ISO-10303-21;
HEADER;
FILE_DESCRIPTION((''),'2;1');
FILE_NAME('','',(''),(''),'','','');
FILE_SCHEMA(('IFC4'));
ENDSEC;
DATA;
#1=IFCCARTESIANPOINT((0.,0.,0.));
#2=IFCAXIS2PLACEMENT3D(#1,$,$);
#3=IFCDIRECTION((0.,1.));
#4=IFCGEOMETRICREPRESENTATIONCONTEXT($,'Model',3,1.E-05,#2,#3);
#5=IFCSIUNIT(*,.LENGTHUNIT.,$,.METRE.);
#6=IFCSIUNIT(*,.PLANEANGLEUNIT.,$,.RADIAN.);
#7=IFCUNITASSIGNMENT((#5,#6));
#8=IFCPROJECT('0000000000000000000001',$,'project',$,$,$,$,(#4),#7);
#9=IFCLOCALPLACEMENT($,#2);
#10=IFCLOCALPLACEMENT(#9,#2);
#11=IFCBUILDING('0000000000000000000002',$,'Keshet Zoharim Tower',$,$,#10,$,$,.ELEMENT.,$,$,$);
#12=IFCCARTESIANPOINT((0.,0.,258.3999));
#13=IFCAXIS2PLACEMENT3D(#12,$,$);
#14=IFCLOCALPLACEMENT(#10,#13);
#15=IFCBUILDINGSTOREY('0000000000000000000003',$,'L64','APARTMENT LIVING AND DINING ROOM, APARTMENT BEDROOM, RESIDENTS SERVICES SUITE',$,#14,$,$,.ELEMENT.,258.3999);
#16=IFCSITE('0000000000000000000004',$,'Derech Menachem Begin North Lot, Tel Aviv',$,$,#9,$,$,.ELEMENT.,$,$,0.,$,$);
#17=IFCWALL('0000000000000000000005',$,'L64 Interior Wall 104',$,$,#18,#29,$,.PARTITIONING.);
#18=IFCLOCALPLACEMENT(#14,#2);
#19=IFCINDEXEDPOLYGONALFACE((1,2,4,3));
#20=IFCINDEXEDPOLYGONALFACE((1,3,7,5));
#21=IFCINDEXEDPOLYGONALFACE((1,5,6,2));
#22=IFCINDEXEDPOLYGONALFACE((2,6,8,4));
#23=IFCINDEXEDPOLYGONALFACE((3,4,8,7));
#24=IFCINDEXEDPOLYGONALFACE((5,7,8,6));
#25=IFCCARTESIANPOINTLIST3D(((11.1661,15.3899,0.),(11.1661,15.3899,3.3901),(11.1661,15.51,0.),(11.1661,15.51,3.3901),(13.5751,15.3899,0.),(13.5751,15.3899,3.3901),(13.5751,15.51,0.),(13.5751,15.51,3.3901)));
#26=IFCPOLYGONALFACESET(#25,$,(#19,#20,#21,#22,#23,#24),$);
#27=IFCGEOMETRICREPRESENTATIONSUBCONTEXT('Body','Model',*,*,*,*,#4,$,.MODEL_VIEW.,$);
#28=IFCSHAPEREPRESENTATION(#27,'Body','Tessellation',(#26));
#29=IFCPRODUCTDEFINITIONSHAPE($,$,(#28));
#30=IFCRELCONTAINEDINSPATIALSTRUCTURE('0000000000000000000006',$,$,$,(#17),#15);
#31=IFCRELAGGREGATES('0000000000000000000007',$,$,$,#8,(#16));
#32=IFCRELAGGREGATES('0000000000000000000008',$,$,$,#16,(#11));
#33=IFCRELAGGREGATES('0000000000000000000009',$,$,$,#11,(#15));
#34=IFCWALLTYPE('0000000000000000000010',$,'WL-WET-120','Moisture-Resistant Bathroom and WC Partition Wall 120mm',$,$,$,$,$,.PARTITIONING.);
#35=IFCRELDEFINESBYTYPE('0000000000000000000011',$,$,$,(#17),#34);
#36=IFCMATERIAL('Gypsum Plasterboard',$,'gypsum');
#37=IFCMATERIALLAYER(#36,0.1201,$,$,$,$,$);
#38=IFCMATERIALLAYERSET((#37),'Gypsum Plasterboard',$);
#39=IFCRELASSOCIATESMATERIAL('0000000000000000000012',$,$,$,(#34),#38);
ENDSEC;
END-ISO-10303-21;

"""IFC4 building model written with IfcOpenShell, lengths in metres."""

from ifc_helpers import new_model, si_unit, direction, frame, frame_2d, origin, place, context, subcontext, project, spatial, rectangle, extrude, material, layer, layer_set, type_object, element, save


model = new_model("IFC4")

# Units and contexts
model_context = context("Model", 3, precision=1e-05, world=origin(), true_north=direction((0.0, 1.0)))
body_context = subcontext(model_context, "Body", "Model", "MODEL_VIEW")
ifc_project = project(units=[si_unit("LENGTHUNIT", "METRE"), si_unit("PLANEANGLEUNIT", "RADIAN")], contexts=[model_context])

# Site, building, storey
site_placement = place(None, origin())
site = spatial("IfcSite", under=ifc_project, at=site_placement, Name="Derech Menachem Begin North Lot, Tel Aviv", CompositionType="ELEMENT", RefElevation=0.0)
building_placement = place(site_placement, origin())
building = spatial("IfcBuilding", under=site, at=building_placement, Name="Keshet Zoharim Tower", CompositionType="ELEMENT")
storey_placement = place(building_placement, frame((0.0, 0.0, 258.3999)))
storey = spatial("IfcBuildingStorey", under=building, at=storey_placement, Name="L64", Description="APARTMENT LIVING AND DINING ROOM, APARTMENT BEDROOM, RESIDENTS SERVICES SUITE", CompositionType="ELEMENT", Elevation=258.3999)

# Shared definitions
ifc_material_1 = material(Name="Gypsum Plasterboard", Category="gypsum")

# Shared definitions
ifc_layer_1 = layer(ifc_material_1, 0.1201)
ifc_layer_set_1 = layer_set([ifc_layer_1], Name="Gypsum Plasterboard")
wall_type_1 = type_object("IfcWallType", Name="WL-WET-120", Description="Moisture-Resistant Bathroom and WC Partition Wall 120mm", PredefinedType="PARTITIONING", material=ifc_layer_set_1)

# Wall
wall_1_placement = place(storey_placement, frame((11.166, 15.45, 0.0), z_axis=(0.0, 0.0, 1.0), x_axis=(1.0, 0.0, 0.0)))
element("IfcWall", 1, at=wall_1_placement, inside=storey, type_object=wall_type_1, Name="L64 Interior Wall 104", PredefinedType="PARTITIONING", context=body_context, shape_type="SweptSolid", body=[
    extrude(rectangle(XDim=2.4089, YDim=0.1201, at=frame_2d((1.2046, 0.0))), origin(), (0.0, 0.0, 1.0), 3.3901),
])

save(model, "model.ifc")
